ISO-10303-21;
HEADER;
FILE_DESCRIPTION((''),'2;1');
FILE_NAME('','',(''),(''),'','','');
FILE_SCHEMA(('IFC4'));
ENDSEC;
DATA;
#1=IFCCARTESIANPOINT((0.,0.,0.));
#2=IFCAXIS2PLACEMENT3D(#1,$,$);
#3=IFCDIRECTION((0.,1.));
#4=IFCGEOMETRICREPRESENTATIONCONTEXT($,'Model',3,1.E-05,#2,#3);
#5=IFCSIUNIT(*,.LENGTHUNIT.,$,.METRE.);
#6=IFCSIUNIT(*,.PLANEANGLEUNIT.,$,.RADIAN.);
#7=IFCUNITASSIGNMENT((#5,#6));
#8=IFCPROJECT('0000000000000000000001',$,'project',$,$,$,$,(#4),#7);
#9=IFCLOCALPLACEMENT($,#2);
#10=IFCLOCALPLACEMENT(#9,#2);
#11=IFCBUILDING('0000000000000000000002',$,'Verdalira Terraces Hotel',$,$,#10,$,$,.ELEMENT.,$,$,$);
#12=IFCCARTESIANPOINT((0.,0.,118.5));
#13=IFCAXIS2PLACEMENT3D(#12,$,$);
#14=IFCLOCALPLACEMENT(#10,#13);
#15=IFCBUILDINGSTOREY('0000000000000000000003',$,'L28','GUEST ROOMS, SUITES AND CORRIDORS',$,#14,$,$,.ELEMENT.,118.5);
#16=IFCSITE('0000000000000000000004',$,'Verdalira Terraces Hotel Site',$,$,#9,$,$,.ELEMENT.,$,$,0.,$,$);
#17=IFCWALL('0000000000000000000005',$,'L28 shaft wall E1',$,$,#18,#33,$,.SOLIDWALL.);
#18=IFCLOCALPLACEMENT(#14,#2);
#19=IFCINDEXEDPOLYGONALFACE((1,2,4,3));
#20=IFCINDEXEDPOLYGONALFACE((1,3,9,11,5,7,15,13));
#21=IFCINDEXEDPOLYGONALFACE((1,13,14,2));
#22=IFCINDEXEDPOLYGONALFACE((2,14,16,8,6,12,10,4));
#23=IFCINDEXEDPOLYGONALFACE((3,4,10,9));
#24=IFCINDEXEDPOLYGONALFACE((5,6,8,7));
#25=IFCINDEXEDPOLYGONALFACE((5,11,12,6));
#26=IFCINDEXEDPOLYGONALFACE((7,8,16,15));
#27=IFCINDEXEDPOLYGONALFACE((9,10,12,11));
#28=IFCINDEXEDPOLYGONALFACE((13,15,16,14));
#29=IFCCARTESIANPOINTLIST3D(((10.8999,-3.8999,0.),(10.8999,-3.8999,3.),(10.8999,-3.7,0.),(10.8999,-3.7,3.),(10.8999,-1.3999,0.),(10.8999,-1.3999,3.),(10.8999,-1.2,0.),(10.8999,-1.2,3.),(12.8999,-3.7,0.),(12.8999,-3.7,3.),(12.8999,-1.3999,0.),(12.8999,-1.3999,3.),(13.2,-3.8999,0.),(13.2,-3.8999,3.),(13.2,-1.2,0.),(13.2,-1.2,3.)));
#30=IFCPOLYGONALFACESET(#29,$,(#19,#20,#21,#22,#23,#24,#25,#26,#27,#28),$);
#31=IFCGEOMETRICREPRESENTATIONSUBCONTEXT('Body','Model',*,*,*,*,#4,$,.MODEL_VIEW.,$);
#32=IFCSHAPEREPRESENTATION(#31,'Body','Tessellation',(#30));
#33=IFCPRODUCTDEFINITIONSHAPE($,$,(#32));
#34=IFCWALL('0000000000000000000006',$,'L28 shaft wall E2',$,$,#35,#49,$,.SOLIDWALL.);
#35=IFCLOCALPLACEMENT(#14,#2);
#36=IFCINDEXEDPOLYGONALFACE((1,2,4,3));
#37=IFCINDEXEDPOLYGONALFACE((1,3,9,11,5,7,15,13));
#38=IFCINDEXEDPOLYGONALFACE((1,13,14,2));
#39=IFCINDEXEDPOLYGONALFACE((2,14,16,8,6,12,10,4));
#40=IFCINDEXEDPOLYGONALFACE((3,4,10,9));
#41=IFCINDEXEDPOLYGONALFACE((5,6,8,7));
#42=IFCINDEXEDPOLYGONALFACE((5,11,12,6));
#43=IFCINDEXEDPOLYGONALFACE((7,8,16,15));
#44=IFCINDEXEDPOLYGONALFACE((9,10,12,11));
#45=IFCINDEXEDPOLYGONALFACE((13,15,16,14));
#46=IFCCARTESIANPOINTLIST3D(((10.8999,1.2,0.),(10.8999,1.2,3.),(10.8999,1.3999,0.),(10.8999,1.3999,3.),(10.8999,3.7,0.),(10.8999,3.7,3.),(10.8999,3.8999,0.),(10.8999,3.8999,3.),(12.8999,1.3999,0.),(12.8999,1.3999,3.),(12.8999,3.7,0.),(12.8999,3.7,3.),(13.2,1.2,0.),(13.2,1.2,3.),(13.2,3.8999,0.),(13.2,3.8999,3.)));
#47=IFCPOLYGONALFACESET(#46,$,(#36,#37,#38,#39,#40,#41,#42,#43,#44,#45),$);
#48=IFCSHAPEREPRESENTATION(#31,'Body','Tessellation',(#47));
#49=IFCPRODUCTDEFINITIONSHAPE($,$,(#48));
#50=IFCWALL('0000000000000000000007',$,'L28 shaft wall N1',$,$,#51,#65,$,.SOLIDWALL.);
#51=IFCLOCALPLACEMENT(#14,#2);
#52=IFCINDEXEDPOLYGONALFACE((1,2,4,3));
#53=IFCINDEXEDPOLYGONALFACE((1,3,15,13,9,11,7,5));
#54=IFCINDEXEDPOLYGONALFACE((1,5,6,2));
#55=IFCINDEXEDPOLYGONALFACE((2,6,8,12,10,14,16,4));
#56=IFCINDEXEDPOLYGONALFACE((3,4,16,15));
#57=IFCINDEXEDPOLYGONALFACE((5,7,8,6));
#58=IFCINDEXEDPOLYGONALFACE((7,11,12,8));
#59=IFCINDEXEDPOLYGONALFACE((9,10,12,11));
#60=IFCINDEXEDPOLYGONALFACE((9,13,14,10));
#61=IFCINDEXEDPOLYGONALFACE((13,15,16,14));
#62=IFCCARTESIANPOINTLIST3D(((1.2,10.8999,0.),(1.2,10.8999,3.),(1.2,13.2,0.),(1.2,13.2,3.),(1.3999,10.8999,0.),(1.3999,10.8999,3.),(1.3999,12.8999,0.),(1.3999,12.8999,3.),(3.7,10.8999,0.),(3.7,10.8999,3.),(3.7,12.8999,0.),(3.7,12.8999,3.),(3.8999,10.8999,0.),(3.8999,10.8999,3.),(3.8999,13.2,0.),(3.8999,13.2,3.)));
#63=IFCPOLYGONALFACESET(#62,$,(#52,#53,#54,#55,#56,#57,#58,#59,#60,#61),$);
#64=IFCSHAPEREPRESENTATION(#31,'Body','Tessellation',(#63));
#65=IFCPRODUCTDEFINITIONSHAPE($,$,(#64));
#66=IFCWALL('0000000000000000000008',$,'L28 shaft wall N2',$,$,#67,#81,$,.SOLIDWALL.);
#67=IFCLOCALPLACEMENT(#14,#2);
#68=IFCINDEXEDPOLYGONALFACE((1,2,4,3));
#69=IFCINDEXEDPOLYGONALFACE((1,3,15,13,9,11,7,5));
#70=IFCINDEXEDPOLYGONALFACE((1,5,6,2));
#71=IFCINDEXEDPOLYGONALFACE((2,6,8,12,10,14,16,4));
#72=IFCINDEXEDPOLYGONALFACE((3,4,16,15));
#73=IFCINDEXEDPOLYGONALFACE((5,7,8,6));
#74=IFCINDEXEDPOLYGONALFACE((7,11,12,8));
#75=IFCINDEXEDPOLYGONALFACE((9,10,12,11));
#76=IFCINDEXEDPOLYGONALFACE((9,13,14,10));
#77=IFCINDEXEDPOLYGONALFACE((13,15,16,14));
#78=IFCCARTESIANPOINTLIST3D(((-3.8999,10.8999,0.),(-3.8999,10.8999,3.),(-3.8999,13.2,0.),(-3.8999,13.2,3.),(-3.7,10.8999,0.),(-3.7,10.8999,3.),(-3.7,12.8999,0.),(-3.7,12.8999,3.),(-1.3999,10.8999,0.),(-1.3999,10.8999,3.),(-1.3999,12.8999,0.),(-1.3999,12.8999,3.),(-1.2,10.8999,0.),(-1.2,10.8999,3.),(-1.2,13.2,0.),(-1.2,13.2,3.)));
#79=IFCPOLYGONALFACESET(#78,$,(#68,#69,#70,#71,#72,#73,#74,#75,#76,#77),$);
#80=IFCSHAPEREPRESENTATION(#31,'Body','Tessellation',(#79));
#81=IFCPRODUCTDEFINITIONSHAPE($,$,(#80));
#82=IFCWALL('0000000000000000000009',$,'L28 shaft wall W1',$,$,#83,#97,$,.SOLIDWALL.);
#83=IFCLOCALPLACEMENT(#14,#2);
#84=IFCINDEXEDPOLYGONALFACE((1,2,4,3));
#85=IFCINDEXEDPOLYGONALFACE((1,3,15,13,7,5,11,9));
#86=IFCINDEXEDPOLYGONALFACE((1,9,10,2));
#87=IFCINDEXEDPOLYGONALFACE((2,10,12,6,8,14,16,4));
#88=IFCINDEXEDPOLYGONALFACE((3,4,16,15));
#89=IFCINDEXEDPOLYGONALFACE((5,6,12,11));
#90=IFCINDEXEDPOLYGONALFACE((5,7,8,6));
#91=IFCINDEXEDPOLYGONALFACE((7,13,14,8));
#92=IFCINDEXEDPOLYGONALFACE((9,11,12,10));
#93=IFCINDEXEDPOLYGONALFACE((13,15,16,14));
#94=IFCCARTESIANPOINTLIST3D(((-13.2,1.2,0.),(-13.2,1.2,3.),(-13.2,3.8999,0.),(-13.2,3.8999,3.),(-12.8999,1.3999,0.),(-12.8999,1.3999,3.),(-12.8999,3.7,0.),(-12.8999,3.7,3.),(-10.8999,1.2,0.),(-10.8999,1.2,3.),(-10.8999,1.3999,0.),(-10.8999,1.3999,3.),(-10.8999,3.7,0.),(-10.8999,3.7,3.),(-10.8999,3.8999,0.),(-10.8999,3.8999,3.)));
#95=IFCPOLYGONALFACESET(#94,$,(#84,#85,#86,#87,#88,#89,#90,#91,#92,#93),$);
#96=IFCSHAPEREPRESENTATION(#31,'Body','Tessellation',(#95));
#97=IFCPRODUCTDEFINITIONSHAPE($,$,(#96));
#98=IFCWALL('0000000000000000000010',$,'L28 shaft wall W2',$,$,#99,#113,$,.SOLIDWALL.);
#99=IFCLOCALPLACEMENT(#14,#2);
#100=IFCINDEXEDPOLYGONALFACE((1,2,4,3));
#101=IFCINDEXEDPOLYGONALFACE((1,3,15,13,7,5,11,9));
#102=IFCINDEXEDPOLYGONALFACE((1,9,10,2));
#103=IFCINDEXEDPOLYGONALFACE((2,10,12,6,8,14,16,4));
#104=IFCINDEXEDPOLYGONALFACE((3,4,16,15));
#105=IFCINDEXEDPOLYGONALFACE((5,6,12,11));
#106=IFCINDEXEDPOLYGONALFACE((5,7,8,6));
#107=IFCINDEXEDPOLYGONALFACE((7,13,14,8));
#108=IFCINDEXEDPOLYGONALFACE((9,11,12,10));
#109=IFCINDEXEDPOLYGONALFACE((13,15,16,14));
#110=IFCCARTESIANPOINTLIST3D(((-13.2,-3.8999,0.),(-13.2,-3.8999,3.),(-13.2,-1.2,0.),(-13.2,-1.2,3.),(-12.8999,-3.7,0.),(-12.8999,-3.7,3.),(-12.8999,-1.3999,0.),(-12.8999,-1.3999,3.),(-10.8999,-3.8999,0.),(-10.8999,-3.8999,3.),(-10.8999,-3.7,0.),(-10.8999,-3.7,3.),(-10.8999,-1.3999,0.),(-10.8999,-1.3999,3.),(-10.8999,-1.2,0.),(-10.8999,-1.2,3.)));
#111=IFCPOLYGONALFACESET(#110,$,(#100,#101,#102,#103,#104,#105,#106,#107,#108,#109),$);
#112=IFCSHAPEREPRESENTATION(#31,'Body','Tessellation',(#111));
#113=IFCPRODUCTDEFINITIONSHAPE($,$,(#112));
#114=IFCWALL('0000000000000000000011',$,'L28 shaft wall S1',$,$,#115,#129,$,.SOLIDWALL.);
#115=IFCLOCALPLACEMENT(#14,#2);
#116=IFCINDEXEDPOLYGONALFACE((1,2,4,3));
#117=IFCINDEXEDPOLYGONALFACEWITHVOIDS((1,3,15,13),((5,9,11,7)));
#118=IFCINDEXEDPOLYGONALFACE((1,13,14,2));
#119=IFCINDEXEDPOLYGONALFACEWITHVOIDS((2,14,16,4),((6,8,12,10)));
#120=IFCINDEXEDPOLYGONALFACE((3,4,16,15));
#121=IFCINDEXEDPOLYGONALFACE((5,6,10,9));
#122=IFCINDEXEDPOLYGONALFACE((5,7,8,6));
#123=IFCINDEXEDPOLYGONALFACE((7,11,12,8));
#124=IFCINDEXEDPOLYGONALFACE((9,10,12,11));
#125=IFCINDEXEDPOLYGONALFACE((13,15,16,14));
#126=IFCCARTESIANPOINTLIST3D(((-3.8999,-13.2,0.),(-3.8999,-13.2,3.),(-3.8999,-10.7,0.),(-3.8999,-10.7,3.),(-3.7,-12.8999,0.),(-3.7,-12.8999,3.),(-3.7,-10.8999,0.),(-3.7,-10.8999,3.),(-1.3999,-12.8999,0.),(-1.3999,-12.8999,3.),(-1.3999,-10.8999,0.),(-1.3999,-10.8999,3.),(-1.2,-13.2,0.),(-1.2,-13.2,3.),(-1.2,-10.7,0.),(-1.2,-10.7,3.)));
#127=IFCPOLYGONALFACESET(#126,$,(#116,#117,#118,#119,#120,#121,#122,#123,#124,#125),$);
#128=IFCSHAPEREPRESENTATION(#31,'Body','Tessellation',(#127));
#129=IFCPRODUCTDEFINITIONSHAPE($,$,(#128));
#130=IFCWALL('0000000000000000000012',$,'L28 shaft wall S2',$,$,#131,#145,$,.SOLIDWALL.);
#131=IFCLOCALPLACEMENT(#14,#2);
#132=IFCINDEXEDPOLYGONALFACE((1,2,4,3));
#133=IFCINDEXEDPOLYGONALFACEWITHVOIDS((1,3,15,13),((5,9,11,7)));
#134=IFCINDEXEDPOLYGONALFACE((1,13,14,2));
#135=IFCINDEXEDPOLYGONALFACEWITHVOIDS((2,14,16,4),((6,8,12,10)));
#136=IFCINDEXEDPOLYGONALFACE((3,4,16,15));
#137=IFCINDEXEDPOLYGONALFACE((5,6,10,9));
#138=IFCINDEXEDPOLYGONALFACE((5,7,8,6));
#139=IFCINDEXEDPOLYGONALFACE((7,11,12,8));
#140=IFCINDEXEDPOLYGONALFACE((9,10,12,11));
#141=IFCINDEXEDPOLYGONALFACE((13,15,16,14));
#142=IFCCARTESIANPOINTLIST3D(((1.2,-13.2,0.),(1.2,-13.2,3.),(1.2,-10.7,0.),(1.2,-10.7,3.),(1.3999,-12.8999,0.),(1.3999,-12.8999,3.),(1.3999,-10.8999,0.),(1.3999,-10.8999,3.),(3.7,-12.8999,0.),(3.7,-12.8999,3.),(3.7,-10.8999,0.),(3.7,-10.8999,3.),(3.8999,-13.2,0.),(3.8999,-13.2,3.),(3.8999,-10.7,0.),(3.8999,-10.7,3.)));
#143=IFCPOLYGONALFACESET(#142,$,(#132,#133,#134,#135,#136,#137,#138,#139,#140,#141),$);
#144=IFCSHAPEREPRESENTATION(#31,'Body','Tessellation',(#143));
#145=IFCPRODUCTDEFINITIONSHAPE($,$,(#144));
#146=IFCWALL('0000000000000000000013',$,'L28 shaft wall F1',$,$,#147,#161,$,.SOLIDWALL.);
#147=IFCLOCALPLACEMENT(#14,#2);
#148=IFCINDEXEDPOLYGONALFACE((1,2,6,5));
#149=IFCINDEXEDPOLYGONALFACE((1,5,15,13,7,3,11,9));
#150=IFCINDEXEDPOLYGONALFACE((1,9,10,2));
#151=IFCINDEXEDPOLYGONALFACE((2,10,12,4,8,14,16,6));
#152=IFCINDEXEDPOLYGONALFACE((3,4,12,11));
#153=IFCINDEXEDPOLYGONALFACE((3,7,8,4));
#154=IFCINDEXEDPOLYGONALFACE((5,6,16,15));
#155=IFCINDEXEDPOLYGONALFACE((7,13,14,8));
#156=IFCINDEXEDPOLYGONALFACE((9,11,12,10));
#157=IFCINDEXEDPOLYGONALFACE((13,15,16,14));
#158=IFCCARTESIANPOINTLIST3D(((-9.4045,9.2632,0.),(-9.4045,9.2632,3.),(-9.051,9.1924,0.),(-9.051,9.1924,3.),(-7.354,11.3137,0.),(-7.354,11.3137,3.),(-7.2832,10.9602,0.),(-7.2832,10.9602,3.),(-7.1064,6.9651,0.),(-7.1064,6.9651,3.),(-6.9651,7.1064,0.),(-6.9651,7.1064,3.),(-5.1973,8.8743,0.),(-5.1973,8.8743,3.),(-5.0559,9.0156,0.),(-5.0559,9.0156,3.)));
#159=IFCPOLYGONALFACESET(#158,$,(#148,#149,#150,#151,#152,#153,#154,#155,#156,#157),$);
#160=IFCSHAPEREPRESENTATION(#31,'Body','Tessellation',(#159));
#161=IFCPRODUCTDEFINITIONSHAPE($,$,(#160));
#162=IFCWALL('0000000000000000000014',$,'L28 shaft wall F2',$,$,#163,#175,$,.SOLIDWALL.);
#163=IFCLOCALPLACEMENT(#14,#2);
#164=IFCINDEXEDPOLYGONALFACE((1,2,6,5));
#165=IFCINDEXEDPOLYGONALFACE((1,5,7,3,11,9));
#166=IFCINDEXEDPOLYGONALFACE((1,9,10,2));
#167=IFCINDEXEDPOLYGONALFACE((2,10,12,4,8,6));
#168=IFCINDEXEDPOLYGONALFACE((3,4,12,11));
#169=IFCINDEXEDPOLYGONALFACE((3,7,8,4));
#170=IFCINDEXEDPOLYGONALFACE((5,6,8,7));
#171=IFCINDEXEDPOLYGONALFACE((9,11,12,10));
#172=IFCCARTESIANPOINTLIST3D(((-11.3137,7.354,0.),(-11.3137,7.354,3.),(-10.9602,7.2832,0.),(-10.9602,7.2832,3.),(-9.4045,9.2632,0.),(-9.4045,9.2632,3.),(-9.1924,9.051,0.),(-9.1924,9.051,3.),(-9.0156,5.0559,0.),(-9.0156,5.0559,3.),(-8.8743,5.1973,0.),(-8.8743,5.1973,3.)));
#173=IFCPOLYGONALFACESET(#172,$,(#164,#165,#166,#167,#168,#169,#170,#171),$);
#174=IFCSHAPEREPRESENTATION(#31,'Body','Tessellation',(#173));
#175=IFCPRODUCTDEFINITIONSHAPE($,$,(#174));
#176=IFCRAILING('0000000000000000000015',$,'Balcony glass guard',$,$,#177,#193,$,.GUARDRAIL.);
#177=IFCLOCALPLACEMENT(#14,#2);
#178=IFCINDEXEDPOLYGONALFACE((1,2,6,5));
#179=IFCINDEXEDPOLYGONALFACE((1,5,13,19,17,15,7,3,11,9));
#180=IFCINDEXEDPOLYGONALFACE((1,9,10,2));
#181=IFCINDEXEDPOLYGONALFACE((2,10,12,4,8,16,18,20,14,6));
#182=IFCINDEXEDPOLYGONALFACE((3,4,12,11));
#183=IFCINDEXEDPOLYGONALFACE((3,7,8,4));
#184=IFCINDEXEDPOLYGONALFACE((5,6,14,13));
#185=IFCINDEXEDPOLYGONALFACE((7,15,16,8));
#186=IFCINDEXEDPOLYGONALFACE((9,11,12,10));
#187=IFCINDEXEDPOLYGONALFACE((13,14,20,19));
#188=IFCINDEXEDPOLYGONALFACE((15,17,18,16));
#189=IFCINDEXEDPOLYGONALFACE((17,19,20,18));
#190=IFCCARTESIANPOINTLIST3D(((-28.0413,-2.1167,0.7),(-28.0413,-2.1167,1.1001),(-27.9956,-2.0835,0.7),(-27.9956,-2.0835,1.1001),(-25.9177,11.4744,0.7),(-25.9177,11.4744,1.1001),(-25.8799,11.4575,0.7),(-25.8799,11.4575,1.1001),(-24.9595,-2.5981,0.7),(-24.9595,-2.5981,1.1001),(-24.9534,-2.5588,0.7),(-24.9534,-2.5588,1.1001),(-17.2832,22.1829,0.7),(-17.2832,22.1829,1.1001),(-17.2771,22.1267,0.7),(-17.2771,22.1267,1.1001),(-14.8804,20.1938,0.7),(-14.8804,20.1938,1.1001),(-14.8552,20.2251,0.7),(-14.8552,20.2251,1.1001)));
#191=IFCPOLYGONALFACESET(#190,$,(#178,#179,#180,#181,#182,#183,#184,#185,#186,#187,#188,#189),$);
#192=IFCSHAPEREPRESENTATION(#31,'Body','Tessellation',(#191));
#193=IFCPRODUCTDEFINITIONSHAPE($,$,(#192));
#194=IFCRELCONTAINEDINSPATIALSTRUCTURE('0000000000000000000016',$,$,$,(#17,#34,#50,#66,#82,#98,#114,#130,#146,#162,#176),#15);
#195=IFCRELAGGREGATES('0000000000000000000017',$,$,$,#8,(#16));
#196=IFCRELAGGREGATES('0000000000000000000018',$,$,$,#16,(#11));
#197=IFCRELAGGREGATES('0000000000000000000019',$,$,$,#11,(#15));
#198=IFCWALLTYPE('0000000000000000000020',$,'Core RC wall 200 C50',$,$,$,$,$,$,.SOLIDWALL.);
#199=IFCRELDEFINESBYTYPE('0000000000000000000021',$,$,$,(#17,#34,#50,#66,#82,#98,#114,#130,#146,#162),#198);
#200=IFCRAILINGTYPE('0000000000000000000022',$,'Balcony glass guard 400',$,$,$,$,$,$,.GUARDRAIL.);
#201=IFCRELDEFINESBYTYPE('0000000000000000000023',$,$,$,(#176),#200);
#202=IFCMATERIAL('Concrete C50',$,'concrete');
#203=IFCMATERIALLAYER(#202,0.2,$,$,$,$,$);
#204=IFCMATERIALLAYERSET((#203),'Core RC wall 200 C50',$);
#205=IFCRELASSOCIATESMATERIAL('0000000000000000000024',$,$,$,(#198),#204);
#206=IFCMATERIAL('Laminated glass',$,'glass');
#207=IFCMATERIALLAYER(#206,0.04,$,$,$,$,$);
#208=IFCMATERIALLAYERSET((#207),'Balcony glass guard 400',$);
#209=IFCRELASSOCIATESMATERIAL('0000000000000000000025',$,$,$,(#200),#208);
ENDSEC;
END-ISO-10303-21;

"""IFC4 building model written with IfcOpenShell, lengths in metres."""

from ifc_helpers import new_model, si_unit, direction, frame, origin, place, context, subcontext, project, spatial, polyline, outline, extrude, material, layer, layer_set, type_object, element, save


model = new_model("IFC4")

# Units and contexts
model_context = context("Model", 3, precision=1e-05, world=origin(), true_north=direction((0.0, 1.0)))
body_context = subcontext(model_context, "Body", "Model", "MODEL_VIEW")
ifc_project = project(units=[si_unit("LENGTHUNIT", "METRE"), si_unit("PLANEANGLEUNIT", "RADIAN")], contexts=[model_context])

# Site, building, storey
site_placement = place(None, origin())
site = spatial("IfcSite", under=ifc_project, at=site_placement, Name="Verdalira Terraces Hotel Site", CompositionType="ELEMENT", RefElevation=0.0)
building_placement = place(site_placement, origin())
building = spatial("IfcBuilding", under=site, at=building_placement, Name="Verdalira Terraces Hotel", CompositionType="ELEMENT")
storey_placement = place(building_placement, frame((0.0, 0.0, 118.5)))
storey = spatial("IfcBuildingStorey", under=building, at=storey_placement, Name="L28", Description="GUEST ROOMS, SUITES AND CORRIDORS", CompositionType="ELEMENT", Elevation=118.5)

# Walls
ifc_material_1 = material(Name="Concrete C50", Category="concrete")
ifc_layer_1 = layer(ifc_material_1, 0.2)
ifc_layer_set_1 = layer_set([ifc_layer_1], Name="Core RC wall 200 C50")
wall_type = type_object("IfcWallType", Name="Core RC wall 200 C50", PredefinedType="SOLIDWALL", material=ifc_layer_set_1)
wall_1_placement = place(storey_placement, origin())
element("IfcWall", 1, at=wall_1_placement, inside=storey, type_object=wall_type, Name="L28 shaft wall E1", PredefinedType="SOLIDWALL", context=body_context, shape_type="SweptSolid", body=[
    extrude(outline(polyline([(13.2, -3.8999), (10.8999, -3.8999), (10.8999, -3.7), (12.8999, -3.7), (12.8999, -1.3999), (10.8999, -1.3999), (10.8999, -1.2), (13.2, -1.2), (13.2, -3.8999)])), origin(), (0.0, 0.0, 1.0), 3.0),
])
wall_2_placement = place(storey_placement, origin())
element("IfcWall", 2, at=wall_2_placement, inside=storey, type_object=wall_type, Name="L28 shaft wall E2", PredefinedType="SOLIDWALL", context=body_context, shape_type="SweptSolid", body=[
    extrude(outline(polyline([(13.2, 3.8999), (13.2, 1.2), (10.8999, 1.2), (10.8999, 1.3999), (12.8999, 1.3999), (12.8999, 3.7), (10.8999, 3.7), (10.8999, 3.8999), (13.2, 3.8999)])), origin(), (0.0, 0.0, 1.0), 3.0),
])
wall_3_placement = place(storey_placement, origin())
element("IfcWall", 3, at=wall_3_placement, inside=storey, type_object=wall_type, Name="L28 shaft wall N1", PredefinedType="SOLIDWALL", context=body_context, shape_type="SweptSolid", body=[
    extrude(outline(polyline([(3.8999, 13.2), (3.8999, 10.8999), (3.7, 10.8999), (3.7, 12.8999), (1.3999, 12.8999), (1.3999, 10.8999), (1.2, 10.8999), (1.2, 13.2), (3.8999, 13.2)])), origin(), (0.0, 0.0, 1.0), 3.0),
])
wall_4_placement = place(storey_placement, origin())
element("IfcWall", 4, at=wall_4_placement, inside=storey, type_object=wall_type, Name="L28 shaft wall N2", PredefinedType="SOLIDWALL", context=body_context, shape_type="SweptSolid", body=[
    extrude(outline(polyline([(-3.8999, 10.8999), (-3.8999, 13.2), (-1.2, 13.2), (-1.2, 10.8999), (-1.3999, 10.8999), (-1.3999, 12.8999), (-3.7, 12.8999), (-3.7, 10.8999), (-3.8999, 10.8999)])), origin(), (0.0, 0.0, 1.0), 3.0),
])
wall_5_placement = place(storey_placement, origin())
element("IfcWall", 5, at=wall_5_placement, inside=storey, type_object=wall_type, Name="L28 shaft wall W1", PredefinedType="SOLIDWALL", context=body_context, shape_type="SweptSolid", body=[
    extrude(outline(polyline([(-13.2, 3.8999), (-10.8999, 3.8999), (-10.8999, 3.7), (-12.8999, 3.7), (-12.8999, 1.3999), (-10.8999, 1.3999), (-10.8999, 1.2), (-13.2, 1.2), (-13.2, 3.8999)])), origin(), (0.0, 0.0, 1.0), 3.0),
])
wall_6_placement = place(storey_placement, origin())
element("IfcWall", 6, at=wall_6_placement, inside=storey, type_object=wall_type, Name="L28 shaft wall W2", PredefinedType="SOLIDWALL", context=body_context, shape_type="SweptSolid", body=[
    extrude(outline(polyline([(-13.2, -3.8999), (-13.2, -1.2), (-10.8999, -1.2), (-10.8999, -1.3999), (-12.8999, -1.3999), (-12.8999, -3.7), (-10.8999, -3.7), (-10.8999, -3.8999), (-13.2, -3.8999)])), origin(), (0.0, 0.0, 1.0), 3.0),
])
wall_7_placement = place(storey_placement, origin())
element("IfcWall", 7, at=wall_7_placement, inside=storey, type_object=wall_type, Name="L28 shaft wall S1", PredefinedType="SOLIDWALL", context=body_context, shape_type="SweptSolid", body=[
    extrude(outline(polyline([(-1.2, -13.2), (-3.8999, -13.2), (-3.8999, -10.7), (-1.2, -10.7), (-1.2, -13.2)]), holes=[polyline([(-3.7, -10.8999), (-3.7, -12.8999), (-1.3999, -12.8999), (-1.3999, -10.8999), (-3.7, -10.8999)])]), origin(), (0.0, 0.0, 1.0), 3.0),
])
wall_8_placement = place(storey_placement, origin())
element("IfcWall", 8, at=wall_8_placement, inside=storey, type_object=wall_type, Name="L28 shaft wall S2", PredefinedType="SOLIDWALL", context=body_context, shape_type="SweptSolid", body=[
    extrude(outline(polyline([(3.8999, -10.7), (3.8999, -13.2), (1.2, -13.2), (1.2, -10.7), (3.8999, -10.7)]), holes=[polyline([(1.3999, -12.8999), (3.7, -12.8999), (3.7, -10.8999), (1.3999, -10.8999), (1.3999, -12.8999)])]), origin(), (0.0, 0.0, 1.0), 3.0),
])
wall_9_placement = place(storey_placement, origin())
element("IfcWall", 9, at=wall_9_placement, inside=storey, type_object=wall_type, Name="L28 shaft wall F1", PredefinedType="SOLIDWALL", context=body_context, shape_type="SweptSolid", body=[
    extrude(outline(polyline([(-9.4045, 9.2632), (-7.354, 11.3137), (-5.0559, 9.0156), (-5.1973, 8.8743), (-7.2832, 10.9602), (-9.051, 9.1924), (-6.9651, 7.1064), (-7.1064, 6.9651), (-9.4045, 9.2632)])), origin(), (0.0, 0.0, 1.0), 3.0),
])
wall_10_placement = place(storey_placement, origin())
element("IfcWall", 10, at=wall_10_placement, inside=storey, type_object=wall_type, Name="L28 shaft wall F2", PredefinedType="SOLIDWALL", context=body_context, shape_type="SweptSolid", body=[
    extrude(outline(polyline([(-11.3137, 7.354), (-9.4045, 9.2632), (-9.1924, 9.051), (-10.9602, 7.2832), (-8.8743, 5.1973), (-9.0156, 5.0559), (-11.3137, 7.354)])), origin(), (0.0, 0.0, 1.0), 3.0),
])

# Railing
ifc_material_2 = material(Name="Laminated glass", Category="glass")
ifc_layer_2 = layer(ifc_material_2, 0.04)
ifc_layer_set_2 = layer_set([ifc_layer_2], Name="Balcony glass guard 400")
railing_type = type_object("IfcRailingType", Name="Balcony glass guard 400", PredefinedType="GUARDRAIL", material=ifc_layer_set_2)
railing_1_placement = place(storey_placement, frame((0.0, 0.0, 0.7)))
element("IfcRailing", 11, at=railing_1_placement, inside=storey, type_object=railing_type, Name="Balcony glass guard", PredefinedType="GUARDRAIL", context=body_context, shape_type="SweptSolid", body=[
    extrude(outline(polyline([(-17.2771, 22.1267), (-25.8799, 11.4575), (-27.9956, -2.0835), (-24.9534, -2.5588), (-24.9595, -2.5981), (-28.0413, -2.1167), (-25.9177, 11.4744), (-17.2832, 22.1829), (-14.8552, 20.2251), (-14.8804, 20.1938), (-17.2771, 22.1267)])), origin(), (0.0, 0.0, 1.0), 0.4001),
])

save(model, "model.ifc")
